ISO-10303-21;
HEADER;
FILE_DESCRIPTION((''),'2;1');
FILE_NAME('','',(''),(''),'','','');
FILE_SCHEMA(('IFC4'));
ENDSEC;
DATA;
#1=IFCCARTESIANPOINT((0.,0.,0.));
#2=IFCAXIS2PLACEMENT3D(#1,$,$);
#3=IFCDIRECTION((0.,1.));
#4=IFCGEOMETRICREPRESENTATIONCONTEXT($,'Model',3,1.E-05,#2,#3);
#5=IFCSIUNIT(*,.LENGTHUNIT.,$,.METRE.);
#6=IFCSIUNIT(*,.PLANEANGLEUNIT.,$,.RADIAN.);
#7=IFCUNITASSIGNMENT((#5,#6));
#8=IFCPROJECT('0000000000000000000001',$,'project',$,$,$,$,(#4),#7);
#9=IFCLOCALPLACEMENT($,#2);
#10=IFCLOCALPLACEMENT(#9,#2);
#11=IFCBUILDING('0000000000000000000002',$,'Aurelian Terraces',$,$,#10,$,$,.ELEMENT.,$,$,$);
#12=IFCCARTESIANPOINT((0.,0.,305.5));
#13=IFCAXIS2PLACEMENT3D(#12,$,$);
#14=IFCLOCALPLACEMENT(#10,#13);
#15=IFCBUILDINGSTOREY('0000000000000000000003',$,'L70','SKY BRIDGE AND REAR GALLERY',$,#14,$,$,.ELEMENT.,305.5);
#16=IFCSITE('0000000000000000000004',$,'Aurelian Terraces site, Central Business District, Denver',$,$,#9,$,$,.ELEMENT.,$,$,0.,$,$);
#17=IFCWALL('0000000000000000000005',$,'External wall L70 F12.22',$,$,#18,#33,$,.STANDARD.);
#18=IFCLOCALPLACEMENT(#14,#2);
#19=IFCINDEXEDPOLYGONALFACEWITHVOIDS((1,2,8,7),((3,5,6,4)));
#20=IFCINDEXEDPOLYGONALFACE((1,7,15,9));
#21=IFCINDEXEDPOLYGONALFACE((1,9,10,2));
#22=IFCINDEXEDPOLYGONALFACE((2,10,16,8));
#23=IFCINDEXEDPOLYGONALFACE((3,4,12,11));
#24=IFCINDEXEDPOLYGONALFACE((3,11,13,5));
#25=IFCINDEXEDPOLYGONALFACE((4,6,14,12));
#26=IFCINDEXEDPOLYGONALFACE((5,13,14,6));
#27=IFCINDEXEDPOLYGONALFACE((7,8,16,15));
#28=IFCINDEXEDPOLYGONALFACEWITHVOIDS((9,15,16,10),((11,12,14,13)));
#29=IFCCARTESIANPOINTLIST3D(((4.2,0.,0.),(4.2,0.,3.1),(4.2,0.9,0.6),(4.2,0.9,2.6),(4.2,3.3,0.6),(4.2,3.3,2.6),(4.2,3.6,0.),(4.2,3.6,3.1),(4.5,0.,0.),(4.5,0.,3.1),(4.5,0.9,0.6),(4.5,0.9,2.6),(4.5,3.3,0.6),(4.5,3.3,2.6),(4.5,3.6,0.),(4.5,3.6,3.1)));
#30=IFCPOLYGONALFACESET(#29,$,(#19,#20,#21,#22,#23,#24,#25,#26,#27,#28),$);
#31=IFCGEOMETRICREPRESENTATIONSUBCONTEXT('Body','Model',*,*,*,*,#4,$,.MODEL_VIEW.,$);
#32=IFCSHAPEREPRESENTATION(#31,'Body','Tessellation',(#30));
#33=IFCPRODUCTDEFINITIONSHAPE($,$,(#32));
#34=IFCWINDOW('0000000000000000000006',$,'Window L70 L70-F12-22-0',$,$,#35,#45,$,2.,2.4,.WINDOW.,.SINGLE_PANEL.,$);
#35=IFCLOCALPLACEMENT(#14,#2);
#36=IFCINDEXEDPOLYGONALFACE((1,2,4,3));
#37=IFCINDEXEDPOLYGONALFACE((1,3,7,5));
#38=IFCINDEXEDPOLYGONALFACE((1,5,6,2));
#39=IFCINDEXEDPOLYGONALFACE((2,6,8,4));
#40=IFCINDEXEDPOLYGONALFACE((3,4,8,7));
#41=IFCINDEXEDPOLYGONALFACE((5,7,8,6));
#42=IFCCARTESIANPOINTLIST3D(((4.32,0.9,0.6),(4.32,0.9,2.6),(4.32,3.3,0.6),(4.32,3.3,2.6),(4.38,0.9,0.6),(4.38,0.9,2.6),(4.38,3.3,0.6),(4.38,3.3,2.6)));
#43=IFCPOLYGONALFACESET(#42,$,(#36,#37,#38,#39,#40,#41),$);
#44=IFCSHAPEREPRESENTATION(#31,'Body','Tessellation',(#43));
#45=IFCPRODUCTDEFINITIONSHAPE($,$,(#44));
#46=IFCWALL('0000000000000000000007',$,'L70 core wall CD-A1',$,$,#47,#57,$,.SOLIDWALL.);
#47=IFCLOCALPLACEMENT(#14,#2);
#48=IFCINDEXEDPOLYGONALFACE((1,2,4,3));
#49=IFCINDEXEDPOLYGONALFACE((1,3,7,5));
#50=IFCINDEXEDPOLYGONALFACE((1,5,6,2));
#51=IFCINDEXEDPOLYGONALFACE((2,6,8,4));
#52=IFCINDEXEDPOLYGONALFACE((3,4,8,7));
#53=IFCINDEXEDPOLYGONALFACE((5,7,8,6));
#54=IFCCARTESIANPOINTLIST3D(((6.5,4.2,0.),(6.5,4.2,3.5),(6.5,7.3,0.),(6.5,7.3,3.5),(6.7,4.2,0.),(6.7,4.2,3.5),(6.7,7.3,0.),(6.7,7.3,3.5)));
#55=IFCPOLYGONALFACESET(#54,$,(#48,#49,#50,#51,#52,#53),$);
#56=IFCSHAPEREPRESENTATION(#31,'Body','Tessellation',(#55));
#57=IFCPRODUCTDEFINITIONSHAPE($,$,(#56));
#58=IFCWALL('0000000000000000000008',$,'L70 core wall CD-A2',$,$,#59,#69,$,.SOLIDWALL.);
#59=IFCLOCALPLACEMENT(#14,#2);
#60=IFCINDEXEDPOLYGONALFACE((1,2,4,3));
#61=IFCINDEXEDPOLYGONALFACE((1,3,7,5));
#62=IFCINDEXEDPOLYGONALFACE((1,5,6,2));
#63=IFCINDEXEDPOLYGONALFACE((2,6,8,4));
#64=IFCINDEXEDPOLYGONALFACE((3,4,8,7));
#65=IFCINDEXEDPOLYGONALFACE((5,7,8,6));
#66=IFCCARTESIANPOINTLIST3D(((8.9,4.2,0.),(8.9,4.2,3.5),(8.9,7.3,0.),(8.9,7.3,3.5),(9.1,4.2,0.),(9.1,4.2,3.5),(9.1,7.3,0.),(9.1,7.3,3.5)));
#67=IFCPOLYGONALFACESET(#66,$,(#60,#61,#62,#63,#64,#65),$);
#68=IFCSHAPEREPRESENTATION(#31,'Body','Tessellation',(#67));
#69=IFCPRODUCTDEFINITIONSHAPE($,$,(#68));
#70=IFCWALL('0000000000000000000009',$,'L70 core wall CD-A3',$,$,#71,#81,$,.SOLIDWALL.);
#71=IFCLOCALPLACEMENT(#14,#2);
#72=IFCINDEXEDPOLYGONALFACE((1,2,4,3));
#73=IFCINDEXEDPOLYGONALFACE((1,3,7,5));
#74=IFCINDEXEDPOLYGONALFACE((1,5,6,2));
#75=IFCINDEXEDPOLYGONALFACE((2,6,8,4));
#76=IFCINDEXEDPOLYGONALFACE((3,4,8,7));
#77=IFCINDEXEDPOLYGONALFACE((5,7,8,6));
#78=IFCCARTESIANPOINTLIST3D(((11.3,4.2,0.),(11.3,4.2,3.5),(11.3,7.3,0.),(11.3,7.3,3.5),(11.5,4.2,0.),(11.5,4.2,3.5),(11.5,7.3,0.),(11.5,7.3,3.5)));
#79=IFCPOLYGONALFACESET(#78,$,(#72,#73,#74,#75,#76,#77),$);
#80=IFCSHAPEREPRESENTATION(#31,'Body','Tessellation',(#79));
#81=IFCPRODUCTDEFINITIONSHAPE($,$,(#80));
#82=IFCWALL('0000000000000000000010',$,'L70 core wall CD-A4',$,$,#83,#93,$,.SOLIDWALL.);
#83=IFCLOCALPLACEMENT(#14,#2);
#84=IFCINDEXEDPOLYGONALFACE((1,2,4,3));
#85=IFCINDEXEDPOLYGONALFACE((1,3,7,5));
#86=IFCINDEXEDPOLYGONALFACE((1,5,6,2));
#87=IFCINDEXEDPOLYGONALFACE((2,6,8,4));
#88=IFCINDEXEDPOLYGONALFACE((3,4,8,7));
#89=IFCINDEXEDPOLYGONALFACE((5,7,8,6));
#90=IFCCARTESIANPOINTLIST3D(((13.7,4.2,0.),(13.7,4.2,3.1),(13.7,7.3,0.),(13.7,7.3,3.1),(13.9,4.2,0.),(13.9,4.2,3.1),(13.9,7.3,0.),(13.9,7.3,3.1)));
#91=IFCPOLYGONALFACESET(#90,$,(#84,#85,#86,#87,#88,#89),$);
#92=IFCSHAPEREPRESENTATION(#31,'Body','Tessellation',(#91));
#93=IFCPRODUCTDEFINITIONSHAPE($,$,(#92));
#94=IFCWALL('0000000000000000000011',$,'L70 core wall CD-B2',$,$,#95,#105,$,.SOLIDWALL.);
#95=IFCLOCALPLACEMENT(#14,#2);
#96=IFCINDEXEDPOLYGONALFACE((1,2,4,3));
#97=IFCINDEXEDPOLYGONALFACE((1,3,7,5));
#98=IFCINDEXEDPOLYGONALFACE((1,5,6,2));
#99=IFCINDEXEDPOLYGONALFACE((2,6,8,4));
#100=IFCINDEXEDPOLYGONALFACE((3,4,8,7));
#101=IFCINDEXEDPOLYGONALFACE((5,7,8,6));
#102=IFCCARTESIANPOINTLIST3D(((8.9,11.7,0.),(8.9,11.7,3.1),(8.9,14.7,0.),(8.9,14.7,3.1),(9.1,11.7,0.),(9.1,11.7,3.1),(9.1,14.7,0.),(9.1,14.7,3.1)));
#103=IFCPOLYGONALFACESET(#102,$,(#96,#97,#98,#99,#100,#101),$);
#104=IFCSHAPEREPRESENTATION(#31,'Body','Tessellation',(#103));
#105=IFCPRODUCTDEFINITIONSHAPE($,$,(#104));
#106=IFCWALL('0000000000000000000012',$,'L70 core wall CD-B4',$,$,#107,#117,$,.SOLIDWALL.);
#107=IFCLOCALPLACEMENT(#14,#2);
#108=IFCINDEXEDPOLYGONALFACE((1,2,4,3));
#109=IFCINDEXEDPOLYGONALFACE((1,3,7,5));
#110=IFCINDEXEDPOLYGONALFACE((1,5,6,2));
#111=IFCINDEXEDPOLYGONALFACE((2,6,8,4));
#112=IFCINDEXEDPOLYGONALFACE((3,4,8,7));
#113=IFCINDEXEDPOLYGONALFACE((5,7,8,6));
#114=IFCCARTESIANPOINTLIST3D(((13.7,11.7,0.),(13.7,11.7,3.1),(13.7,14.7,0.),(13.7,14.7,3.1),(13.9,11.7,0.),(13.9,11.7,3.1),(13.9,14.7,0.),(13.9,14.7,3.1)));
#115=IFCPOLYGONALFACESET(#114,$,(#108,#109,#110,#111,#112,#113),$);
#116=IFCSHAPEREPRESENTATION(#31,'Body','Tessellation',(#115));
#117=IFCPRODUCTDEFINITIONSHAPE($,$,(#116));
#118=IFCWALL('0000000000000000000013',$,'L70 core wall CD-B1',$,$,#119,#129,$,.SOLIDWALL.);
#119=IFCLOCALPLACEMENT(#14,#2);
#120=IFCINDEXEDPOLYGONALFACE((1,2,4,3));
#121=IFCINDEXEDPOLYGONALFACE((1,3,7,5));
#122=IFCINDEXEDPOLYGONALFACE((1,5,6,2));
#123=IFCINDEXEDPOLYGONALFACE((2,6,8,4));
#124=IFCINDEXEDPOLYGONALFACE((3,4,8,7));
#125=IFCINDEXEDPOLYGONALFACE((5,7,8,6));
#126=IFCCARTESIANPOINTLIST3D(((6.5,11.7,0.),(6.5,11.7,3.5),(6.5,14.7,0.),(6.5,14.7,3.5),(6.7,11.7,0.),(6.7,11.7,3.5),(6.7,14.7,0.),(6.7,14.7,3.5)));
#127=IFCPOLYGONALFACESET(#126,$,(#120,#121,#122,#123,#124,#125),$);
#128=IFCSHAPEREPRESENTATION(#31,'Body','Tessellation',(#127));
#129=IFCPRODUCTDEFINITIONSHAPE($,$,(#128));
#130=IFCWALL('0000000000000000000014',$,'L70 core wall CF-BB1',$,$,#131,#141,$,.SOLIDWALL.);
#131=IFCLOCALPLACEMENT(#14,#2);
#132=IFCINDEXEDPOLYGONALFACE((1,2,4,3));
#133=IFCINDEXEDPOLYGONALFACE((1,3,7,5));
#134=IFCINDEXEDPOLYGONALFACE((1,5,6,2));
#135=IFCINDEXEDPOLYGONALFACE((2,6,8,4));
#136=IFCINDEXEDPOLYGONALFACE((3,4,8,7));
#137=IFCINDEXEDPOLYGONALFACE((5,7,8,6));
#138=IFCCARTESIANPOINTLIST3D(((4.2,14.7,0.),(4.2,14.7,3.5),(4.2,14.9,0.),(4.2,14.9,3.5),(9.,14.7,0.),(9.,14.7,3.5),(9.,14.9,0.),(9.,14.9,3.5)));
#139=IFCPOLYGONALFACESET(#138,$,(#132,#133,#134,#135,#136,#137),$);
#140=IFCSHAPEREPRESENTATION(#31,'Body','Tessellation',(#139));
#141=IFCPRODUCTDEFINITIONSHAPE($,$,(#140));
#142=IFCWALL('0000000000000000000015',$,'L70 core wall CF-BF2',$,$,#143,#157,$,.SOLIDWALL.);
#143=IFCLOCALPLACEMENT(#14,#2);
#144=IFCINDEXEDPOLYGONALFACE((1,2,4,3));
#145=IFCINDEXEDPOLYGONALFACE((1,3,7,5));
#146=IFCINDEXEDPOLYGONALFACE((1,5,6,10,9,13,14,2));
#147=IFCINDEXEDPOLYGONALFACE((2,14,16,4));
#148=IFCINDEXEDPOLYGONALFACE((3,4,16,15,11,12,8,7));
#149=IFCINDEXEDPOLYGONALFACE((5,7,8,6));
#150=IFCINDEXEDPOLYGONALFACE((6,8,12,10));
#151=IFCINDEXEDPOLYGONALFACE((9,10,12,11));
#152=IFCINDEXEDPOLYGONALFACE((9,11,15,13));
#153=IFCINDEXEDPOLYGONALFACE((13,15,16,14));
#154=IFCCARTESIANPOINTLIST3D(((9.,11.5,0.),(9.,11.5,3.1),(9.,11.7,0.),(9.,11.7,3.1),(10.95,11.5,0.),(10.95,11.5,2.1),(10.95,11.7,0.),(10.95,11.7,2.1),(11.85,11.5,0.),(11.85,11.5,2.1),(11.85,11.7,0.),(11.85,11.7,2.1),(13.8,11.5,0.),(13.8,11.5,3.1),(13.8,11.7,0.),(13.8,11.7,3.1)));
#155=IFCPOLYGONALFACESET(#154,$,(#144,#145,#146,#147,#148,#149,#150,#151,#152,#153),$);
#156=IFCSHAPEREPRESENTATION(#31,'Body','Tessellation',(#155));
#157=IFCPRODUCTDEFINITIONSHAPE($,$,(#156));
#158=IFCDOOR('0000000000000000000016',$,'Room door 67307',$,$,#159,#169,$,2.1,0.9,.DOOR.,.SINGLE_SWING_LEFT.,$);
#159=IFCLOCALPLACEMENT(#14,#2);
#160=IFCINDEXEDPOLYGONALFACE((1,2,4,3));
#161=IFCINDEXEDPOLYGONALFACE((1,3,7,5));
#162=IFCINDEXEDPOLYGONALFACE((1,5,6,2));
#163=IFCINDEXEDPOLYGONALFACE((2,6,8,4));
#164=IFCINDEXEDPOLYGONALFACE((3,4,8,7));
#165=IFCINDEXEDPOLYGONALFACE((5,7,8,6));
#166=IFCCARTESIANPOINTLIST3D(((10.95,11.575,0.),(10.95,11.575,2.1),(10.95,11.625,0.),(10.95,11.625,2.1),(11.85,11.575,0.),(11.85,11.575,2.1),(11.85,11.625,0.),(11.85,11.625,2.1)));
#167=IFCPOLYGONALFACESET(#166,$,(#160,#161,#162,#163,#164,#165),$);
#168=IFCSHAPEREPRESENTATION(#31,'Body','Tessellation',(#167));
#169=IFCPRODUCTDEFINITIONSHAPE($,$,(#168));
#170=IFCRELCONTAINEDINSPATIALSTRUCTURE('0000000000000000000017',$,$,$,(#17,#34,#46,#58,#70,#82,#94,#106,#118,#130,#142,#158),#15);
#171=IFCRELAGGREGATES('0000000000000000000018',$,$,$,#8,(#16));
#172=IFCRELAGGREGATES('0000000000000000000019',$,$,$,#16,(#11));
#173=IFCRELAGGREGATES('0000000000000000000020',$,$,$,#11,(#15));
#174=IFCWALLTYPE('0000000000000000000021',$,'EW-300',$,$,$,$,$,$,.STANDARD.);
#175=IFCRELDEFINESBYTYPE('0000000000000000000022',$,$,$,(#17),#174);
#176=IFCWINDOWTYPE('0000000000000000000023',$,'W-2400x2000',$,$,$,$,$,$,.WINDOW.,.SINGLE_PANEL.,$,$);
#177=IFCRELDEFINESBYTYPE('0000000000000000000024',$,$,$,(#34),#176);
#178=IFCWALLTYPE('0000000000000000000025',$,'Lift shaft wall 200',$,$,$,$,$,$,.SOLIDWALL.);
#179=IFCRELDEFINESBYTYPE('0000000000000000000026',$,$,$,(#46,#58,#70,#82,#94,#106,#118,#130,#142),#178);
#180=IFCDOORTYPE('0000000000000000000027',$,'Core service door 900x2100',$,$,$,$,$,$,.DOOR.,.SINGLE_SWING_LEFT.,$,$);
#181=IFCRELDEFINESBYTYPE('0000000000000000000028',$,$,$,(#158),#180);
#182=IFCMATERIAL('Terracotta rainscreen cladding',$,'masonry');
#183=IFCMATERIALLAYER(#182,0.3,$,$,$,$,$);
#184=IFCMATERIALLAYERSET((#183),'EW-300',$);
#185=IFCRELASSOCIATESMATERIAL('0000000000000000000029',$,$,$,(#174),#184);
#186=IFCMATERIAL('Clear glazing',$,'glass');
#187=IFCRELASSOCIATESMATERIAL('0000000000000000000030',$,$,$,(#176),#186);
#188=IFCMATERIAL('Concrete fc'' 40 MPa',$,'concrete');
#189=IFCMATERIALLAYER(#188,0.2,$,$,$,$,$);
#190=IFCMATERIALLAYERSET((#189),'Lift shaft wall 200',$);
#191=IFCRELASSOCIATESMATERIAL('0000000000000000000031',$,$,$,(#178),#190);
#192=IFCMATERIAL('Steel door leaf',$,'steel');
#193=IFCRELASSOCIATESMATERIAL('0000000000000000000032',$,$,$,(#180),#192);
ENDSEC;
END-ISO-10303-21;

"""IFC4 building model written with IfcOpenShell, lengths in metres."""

from ifc_helpers import new_model, si_unit, direction, frame, frame_2d, origin, place, context, subcontext, project, spatial, rectangle, extrude, source, transform, mapped, material, layer, layer_set, type_object, element, fill, save


model = new_model("IFC4")

# Units and contexts
model_context = context("Model", 3, precision=1e-05, world=origin(), true_north=direction((0.0, 1.0)))
body_context = subcontext(model_context, "Body", "Model", "MODEL_VIEW")
ifc_project = project(units=[si_unit("LENGTHUNIT", "METRE"), si_unit("PLANEANGLEUNIT", "RADIAN")], contexts=[model_context])

# Site, building, storey
site_placement = place(None, origin())
site = spatial("IfcSite", under=ifc_project, at=site_placement, Name="Aurelian Terraces site, Central Business District, Denver", CompositionType="ELEMENT", RefElevation=0.0)
building_placement = place(site_placement, origin())
building = spatial("IfcBuilding", under=site, at=building_placement, Name="Aurelian Terraces", CompositionType="ELEMENT")
storey_placement = place(building_placement, frame((0.0, 0.0, 305.5)))
storey = spatial("IfcBuildingStorey", under=building, at=storey_placement, Name="L70", Description="SKY BRIDGE AND REAR GALLERY", CompositionType="ELEMENT", Elevation=305.5)

# Wall, opening, window
ifc_material_1 = material(Name="Terracotta rainscreen cladding", Category="masonry")
ifc_layer_1 = layer(ifc_material_1, 0.3)
ifc_layer_set_1 = layer_set([ifc_layer_1], Name="EW-300")
wall_type_1 = type_object("IfcWallType", Name="EW-300", PredefinedType="STANDARD", material=ifc_layer_set_1)
shared_shape_1 = source(origin(), body_context, "Body", "SweptSolid", [
    extrude(rectangle(XDim=3.6, YDim=0.3, at=frame_2d((1.8, 0.0))), origin(), (0.0, 0.0, 1.0), 3.1),
])
wall_1_placement = place(storey_placement, frame((4.35, 3.6, 0.0), z_axis=(0.0, 0.0, 1.0), x_axis=(0.0, -1.0, 0.0)))
wall_1 = element("IfcWall", 1, at=wall_1_placement, inside=storey, type_object=wall_type_1, Name="External wall L70 F12.22", PredefinedType="STANDARD", context=body_context, shape_type="MappedRepresentation", body=[
    mapped(shared_shape_1, transform((0.0, 0.0, 0.0), scale=1.0)),
])
shared_shape_2 = source(origin(), body_context, "Body", "SweptSolid", [
    extrude(rectangle(XDim=2.4, YDim=2.0, at=frame_2d((1.2, 1.0))), frame((0.0, 0.16, 0.0), z_axis=(0.0, -1.0, 0.0), x_axis=(1.0, 0.0, 0.0)), (0.0, 0.0, 1.0), 0.32),
])
opening_1_placement = place(wall_1_placement, frame((0.3, 0.0, 0.6)))
opening_1 = element("IfcOpeningElement", 2, at=opening_1_placement, cuts=wall_1, PredefinedType="OPENING", context=body_context, shape_type="MappedRepresentation", body=[
    mapped(shared_shape_2, transform((0.0, 0.0, 0.0), scale=1.0)),
])
ifc_material_2 = material(Name="Clear glazing", Category="glass")
window_type = type_object("IfcWindowType", Name="W-2400x2000", PartitioningType="SINGLE_PANEL", PredefinedType="WINDOW", material=ifc_material_2)
shared_shape_3 = source(origin(), body_context, "Body", "SweptSolid", [
    extrude(rectangle(XDim=2.4, YDim=2.0, at=frame_2d((1.2, 1.0))), frame((0.0, 0.03, 0.0), z_axis=(0.0, -1.0, 0.0), x_axis=(1.0, 0.0, 0.0)), (0.0, 0.0, 1.0), 0.06),
])
window_placement = place(opening_1_placement, origin())
window = element("IfcWindow", 3, at=window_placement, inside=storey, type_object=window_type, Name="Window L70 L70-F12-22-0", OverallHeight=2.0, OverallWidth=2.4, PartitioningType="SINGLE_PANEL", PredefinedType="WINDOW", context=body_context, shape_type="MappedRepresentation", body=[
    mapped(shared_shape_3, transform((0.0, 0.0, 0.0), scale=1.0)),
])
fill(opening_1, window)

# Walls
ifc_material_3 = material(Name="Concrete fc' 40 MPa", Category="concrete")
ifc_layer_2 = layer(ifc_material_3, 0.2)
ifc_layer_set_2 = layer_set([ifc_layer_2], Name="Lift shaft wall 200")
wall_type_2 = type_object("IfcWallType", Name="Lift shaft wall 200", PredefinedType="SOLIDWALL", material=ifc_layer_set_2)
shared_shape_4 = source(origin(), body_context, "Body", "SweptSolid", [
    extrude(rectangle(XDim=3.1, YDim=0.2, at=frame_2d((1.55, 0.0))), origin(), (0.0, 0.0, 1.0), 3.5),
])
for number, where, z_axis, x_axis, name in (
    (4, (6.6, 4.2, 0.0), (0.0, 0.0, 1.0), (0.0, 1.0, 0.0), "L70 core wall CD-A1"),
    (5, (9.0, 4.2, 0.0), (0.0, 0.0, 1.0), (0.0, 1.0, 0.0), "L70 core wall CD-A2"),
    (6, (11.4, 4.2, 0.0), (0.0, 0.0, 1.0), (0.0, 1.0, 0.0), "L70 core wall CD-A3"),
):
    element("IfcWall", number, at=place(storey_placement, frame(where, z_axis=z_axis, x_axis=x_axis)), inside=storey, type_object=wall_type_2, Name=name, PredefinedType="SOLIDWALL", context=body_context, shape_type="MappedRepresentation", body=[
        mapped(shared_shape_4, transform((0.0, 0.0, 0.0), scale=1.0)),
    ])
shared_shape_5 = source(origin(), body_context, "Body", "SweptSolid", [
    extrude(rectangle(XDim=3.1, YDim=0.2, at=frame_2d((1.55, 0.0))), origin(), (0.0, 0.0, 1.0), 3.1),
])
wall_2_placement = place(storey_placement, frame((13.8, 4.2, 0.0), z_axis=(0.0, 0.0, 1.0), x_axis=(0.0, 1.0, 0.0)))
element("IfcWall", 7, at=wall_2_placement, inside=storey, type_object=wall_type_2, Name="L70 core wall CD-A4", PredefinedType="SOLIDWALL", context=body_context, shape_type="MappedRepresentation", body=[
    mapped(shared_shape_5, transform((0.0, 0.0, 0.0), scale=1.0)),
])
shared_shape_6 = source(origin(), body_context, "Body", "SweptSolid", [
    extrude(rectangle(XDim=3.0, YDim=0.2, at=frame_2d((1.5, 0.0))), origin(), (0.0, 0.0, 1.0), 3.1),
])
for number, where, z_axis, x_axis, name in (
    (8, (9.0, 11.7, 0.0), (0.0, 0.0, 1.0), (0.0, 1.0, 0.0), "L70 core wall CD-B2"),
    (9, (13.8, 11.7, 0.0), (0.0, 0.0, 1.0), (0.0, 1.0, 0.0), "L70 core wall CD-B4"),
):
    element("IfcWall", number, at=place(storey_placement, frame(where, z_axis=z_axis, x_axis=x_axis)), inside=storey, type_object=wall_type_2, Name=name, PredefinedType="SOLIDWALL", context=body_context, shape_type="MappedRepresentation", body=[
        mapped(shared_shape_6, transform((0.0, 0.0, 0.0), scale=1.0)),
    ])
shared_shape_7 = source(origin(), body_context, "Body", "SweptSolid", [
    extrude(rectangle(XDim=3.0, YDim=0.2, at=frame_2d((1.5, 0.0))), origin(), (0.0, 0.0, 1.0), 3.5),
])
wall_3_placement = place(storey_placement, frame((6.6, 11.7, 0.0), z_axis=(0.0, 0.0, 1.0), x_axis=(0.0, 1.0, 0.0)))
element("IfcWall", 10, at=wall_3_placement, inside=storey, type_object=wall_type_2, Name="L70 core wall CD-B1", PredefinedType="SOLIDWALL", context=body_context, shape_type="MappedRepresentation", body=[
    mapped(shared_shape_7, transform((0.0, 0.0, 0.0), scale=1.0)),
])
shared_shape_8 = source(origin(), body_context, "Body", "SweptSolid", [
    extrude(rectangle(XDim=4.8, YDim=0.2, at=frame_2d((2.4, 0.0))), origin(), (0.0, 0.0, 1.0), 3.5),
])
wall_4_placement = place(storey_placement, frame((4.2, 14.8, 0.0), z_axis=(0.0, 0.0, 1.0), x_axis=(1.0, 0.0, 0.0)))
element("IfcWall", 11, at=wall_4_placement, inside=storey, type_object=wall_type_2, Name="L70 core wall CF-BB1", PredefinedType="SOLIDWALL", context=body_context, shape_type="MappedRepresentation", body=[
    mapped(shared_shape_8, transform((0.0, 0.0, 0.0), scale=1.0)),
])

# Wall, opening, door
shared_shape_9 = source(origin(), body_context, "Body", "SweptSolid", [
    extrude(rectangle(XDim=4.8, YDim=0.2, at=frame_2d((2.4, 0.0))), origin(), (0.0, 0.0, 1.0), 3.1),
])
wall_5_placement = place(storey_placement, frame((9.0, 11.6, 0.0), z_axis=(0.0, 0.0, 1.0), x_axis=(1.0, 0.0, 0.0)))
wall_5 = element("IfcWall", 12, at=wall_5_placement, inside=storey, type_object=wall_type_2, Name="L70 core wall CF-BF2", PredefinedType="SOLIDWALL", context=body_context, shape_type="MappedRepresentation", body=[
    mapped(shared_shape_9, transform((0.0, 0.0, 0.0), scale=1.0)),
])
shared_shape_10 = source(origin(), body_context, "Body", "SweptSolid", [
    extrude(rectangle(XDim=0.9, YDim=2.1, at=frame_2d((0.45, 1.05))), frame((0.0, 0.11, 0.0), z_axis=(0.0, -1.0, 0.0), x_axis=(1.0, 0.0, 0.0)), (0.0, 0.0, 1.0), 0.22),
])
opening_2_placement = place(wall_5_placement, frame((1.95, 0.0, 0.0)))
opening_2 = element("IfcOpeningElement", 13, at=opening_2_placement, cuts=wall_5, PredefinedType="OPENING", context=body_context, shape_type="MappedRepresentation", body=[
    mapped(shared_shape_10, transform((0.0, 0.0, 0.0), scale=1.0)),
])
ifc_material_4 = material(Name="Steel door leaf", Category="steel")
door_type_1 = type_object("IfcDoorType", Name="Core service door 900x2100", OperationType="SINGLE_SWING_LEFT", PredefinedType="DOOR", material=ifc_material_4)
shared_shape_11 = source(origin(), body_context, "Body", "SweptSolid", [
    extrude(rectangle(XDim=0.9, YDim=2.1, at=frame_2d((0.45, 1.05))), frame((0.0, 0.025, 0.0), z_axis=(0.0, -1.0, 0.0), x_axis=(1.0, 0.0, 0.0)), (0.0, 0.0, 1.0), 0.05),
])
door_1_placement = place(opening_2_placement, origin())
door_1 = element("IfcDoor", 14, at=door_1_placement, inside=storey, type_object=door_type_1, Name="Room door 67307", OperationType="SINGLE_SWING_LEFT", OverallHeight=2.1, OverallWidth=0.9, PredefinedType="DOOR", context=body_context, shape_type="MappedRepresentation", body=[
    mapped(shared_shape_11, transform((0.0, 0.0, 0.0), scale=1.0)),
])
fill(opening_2, door_1)

save(model, "model.ifc")
